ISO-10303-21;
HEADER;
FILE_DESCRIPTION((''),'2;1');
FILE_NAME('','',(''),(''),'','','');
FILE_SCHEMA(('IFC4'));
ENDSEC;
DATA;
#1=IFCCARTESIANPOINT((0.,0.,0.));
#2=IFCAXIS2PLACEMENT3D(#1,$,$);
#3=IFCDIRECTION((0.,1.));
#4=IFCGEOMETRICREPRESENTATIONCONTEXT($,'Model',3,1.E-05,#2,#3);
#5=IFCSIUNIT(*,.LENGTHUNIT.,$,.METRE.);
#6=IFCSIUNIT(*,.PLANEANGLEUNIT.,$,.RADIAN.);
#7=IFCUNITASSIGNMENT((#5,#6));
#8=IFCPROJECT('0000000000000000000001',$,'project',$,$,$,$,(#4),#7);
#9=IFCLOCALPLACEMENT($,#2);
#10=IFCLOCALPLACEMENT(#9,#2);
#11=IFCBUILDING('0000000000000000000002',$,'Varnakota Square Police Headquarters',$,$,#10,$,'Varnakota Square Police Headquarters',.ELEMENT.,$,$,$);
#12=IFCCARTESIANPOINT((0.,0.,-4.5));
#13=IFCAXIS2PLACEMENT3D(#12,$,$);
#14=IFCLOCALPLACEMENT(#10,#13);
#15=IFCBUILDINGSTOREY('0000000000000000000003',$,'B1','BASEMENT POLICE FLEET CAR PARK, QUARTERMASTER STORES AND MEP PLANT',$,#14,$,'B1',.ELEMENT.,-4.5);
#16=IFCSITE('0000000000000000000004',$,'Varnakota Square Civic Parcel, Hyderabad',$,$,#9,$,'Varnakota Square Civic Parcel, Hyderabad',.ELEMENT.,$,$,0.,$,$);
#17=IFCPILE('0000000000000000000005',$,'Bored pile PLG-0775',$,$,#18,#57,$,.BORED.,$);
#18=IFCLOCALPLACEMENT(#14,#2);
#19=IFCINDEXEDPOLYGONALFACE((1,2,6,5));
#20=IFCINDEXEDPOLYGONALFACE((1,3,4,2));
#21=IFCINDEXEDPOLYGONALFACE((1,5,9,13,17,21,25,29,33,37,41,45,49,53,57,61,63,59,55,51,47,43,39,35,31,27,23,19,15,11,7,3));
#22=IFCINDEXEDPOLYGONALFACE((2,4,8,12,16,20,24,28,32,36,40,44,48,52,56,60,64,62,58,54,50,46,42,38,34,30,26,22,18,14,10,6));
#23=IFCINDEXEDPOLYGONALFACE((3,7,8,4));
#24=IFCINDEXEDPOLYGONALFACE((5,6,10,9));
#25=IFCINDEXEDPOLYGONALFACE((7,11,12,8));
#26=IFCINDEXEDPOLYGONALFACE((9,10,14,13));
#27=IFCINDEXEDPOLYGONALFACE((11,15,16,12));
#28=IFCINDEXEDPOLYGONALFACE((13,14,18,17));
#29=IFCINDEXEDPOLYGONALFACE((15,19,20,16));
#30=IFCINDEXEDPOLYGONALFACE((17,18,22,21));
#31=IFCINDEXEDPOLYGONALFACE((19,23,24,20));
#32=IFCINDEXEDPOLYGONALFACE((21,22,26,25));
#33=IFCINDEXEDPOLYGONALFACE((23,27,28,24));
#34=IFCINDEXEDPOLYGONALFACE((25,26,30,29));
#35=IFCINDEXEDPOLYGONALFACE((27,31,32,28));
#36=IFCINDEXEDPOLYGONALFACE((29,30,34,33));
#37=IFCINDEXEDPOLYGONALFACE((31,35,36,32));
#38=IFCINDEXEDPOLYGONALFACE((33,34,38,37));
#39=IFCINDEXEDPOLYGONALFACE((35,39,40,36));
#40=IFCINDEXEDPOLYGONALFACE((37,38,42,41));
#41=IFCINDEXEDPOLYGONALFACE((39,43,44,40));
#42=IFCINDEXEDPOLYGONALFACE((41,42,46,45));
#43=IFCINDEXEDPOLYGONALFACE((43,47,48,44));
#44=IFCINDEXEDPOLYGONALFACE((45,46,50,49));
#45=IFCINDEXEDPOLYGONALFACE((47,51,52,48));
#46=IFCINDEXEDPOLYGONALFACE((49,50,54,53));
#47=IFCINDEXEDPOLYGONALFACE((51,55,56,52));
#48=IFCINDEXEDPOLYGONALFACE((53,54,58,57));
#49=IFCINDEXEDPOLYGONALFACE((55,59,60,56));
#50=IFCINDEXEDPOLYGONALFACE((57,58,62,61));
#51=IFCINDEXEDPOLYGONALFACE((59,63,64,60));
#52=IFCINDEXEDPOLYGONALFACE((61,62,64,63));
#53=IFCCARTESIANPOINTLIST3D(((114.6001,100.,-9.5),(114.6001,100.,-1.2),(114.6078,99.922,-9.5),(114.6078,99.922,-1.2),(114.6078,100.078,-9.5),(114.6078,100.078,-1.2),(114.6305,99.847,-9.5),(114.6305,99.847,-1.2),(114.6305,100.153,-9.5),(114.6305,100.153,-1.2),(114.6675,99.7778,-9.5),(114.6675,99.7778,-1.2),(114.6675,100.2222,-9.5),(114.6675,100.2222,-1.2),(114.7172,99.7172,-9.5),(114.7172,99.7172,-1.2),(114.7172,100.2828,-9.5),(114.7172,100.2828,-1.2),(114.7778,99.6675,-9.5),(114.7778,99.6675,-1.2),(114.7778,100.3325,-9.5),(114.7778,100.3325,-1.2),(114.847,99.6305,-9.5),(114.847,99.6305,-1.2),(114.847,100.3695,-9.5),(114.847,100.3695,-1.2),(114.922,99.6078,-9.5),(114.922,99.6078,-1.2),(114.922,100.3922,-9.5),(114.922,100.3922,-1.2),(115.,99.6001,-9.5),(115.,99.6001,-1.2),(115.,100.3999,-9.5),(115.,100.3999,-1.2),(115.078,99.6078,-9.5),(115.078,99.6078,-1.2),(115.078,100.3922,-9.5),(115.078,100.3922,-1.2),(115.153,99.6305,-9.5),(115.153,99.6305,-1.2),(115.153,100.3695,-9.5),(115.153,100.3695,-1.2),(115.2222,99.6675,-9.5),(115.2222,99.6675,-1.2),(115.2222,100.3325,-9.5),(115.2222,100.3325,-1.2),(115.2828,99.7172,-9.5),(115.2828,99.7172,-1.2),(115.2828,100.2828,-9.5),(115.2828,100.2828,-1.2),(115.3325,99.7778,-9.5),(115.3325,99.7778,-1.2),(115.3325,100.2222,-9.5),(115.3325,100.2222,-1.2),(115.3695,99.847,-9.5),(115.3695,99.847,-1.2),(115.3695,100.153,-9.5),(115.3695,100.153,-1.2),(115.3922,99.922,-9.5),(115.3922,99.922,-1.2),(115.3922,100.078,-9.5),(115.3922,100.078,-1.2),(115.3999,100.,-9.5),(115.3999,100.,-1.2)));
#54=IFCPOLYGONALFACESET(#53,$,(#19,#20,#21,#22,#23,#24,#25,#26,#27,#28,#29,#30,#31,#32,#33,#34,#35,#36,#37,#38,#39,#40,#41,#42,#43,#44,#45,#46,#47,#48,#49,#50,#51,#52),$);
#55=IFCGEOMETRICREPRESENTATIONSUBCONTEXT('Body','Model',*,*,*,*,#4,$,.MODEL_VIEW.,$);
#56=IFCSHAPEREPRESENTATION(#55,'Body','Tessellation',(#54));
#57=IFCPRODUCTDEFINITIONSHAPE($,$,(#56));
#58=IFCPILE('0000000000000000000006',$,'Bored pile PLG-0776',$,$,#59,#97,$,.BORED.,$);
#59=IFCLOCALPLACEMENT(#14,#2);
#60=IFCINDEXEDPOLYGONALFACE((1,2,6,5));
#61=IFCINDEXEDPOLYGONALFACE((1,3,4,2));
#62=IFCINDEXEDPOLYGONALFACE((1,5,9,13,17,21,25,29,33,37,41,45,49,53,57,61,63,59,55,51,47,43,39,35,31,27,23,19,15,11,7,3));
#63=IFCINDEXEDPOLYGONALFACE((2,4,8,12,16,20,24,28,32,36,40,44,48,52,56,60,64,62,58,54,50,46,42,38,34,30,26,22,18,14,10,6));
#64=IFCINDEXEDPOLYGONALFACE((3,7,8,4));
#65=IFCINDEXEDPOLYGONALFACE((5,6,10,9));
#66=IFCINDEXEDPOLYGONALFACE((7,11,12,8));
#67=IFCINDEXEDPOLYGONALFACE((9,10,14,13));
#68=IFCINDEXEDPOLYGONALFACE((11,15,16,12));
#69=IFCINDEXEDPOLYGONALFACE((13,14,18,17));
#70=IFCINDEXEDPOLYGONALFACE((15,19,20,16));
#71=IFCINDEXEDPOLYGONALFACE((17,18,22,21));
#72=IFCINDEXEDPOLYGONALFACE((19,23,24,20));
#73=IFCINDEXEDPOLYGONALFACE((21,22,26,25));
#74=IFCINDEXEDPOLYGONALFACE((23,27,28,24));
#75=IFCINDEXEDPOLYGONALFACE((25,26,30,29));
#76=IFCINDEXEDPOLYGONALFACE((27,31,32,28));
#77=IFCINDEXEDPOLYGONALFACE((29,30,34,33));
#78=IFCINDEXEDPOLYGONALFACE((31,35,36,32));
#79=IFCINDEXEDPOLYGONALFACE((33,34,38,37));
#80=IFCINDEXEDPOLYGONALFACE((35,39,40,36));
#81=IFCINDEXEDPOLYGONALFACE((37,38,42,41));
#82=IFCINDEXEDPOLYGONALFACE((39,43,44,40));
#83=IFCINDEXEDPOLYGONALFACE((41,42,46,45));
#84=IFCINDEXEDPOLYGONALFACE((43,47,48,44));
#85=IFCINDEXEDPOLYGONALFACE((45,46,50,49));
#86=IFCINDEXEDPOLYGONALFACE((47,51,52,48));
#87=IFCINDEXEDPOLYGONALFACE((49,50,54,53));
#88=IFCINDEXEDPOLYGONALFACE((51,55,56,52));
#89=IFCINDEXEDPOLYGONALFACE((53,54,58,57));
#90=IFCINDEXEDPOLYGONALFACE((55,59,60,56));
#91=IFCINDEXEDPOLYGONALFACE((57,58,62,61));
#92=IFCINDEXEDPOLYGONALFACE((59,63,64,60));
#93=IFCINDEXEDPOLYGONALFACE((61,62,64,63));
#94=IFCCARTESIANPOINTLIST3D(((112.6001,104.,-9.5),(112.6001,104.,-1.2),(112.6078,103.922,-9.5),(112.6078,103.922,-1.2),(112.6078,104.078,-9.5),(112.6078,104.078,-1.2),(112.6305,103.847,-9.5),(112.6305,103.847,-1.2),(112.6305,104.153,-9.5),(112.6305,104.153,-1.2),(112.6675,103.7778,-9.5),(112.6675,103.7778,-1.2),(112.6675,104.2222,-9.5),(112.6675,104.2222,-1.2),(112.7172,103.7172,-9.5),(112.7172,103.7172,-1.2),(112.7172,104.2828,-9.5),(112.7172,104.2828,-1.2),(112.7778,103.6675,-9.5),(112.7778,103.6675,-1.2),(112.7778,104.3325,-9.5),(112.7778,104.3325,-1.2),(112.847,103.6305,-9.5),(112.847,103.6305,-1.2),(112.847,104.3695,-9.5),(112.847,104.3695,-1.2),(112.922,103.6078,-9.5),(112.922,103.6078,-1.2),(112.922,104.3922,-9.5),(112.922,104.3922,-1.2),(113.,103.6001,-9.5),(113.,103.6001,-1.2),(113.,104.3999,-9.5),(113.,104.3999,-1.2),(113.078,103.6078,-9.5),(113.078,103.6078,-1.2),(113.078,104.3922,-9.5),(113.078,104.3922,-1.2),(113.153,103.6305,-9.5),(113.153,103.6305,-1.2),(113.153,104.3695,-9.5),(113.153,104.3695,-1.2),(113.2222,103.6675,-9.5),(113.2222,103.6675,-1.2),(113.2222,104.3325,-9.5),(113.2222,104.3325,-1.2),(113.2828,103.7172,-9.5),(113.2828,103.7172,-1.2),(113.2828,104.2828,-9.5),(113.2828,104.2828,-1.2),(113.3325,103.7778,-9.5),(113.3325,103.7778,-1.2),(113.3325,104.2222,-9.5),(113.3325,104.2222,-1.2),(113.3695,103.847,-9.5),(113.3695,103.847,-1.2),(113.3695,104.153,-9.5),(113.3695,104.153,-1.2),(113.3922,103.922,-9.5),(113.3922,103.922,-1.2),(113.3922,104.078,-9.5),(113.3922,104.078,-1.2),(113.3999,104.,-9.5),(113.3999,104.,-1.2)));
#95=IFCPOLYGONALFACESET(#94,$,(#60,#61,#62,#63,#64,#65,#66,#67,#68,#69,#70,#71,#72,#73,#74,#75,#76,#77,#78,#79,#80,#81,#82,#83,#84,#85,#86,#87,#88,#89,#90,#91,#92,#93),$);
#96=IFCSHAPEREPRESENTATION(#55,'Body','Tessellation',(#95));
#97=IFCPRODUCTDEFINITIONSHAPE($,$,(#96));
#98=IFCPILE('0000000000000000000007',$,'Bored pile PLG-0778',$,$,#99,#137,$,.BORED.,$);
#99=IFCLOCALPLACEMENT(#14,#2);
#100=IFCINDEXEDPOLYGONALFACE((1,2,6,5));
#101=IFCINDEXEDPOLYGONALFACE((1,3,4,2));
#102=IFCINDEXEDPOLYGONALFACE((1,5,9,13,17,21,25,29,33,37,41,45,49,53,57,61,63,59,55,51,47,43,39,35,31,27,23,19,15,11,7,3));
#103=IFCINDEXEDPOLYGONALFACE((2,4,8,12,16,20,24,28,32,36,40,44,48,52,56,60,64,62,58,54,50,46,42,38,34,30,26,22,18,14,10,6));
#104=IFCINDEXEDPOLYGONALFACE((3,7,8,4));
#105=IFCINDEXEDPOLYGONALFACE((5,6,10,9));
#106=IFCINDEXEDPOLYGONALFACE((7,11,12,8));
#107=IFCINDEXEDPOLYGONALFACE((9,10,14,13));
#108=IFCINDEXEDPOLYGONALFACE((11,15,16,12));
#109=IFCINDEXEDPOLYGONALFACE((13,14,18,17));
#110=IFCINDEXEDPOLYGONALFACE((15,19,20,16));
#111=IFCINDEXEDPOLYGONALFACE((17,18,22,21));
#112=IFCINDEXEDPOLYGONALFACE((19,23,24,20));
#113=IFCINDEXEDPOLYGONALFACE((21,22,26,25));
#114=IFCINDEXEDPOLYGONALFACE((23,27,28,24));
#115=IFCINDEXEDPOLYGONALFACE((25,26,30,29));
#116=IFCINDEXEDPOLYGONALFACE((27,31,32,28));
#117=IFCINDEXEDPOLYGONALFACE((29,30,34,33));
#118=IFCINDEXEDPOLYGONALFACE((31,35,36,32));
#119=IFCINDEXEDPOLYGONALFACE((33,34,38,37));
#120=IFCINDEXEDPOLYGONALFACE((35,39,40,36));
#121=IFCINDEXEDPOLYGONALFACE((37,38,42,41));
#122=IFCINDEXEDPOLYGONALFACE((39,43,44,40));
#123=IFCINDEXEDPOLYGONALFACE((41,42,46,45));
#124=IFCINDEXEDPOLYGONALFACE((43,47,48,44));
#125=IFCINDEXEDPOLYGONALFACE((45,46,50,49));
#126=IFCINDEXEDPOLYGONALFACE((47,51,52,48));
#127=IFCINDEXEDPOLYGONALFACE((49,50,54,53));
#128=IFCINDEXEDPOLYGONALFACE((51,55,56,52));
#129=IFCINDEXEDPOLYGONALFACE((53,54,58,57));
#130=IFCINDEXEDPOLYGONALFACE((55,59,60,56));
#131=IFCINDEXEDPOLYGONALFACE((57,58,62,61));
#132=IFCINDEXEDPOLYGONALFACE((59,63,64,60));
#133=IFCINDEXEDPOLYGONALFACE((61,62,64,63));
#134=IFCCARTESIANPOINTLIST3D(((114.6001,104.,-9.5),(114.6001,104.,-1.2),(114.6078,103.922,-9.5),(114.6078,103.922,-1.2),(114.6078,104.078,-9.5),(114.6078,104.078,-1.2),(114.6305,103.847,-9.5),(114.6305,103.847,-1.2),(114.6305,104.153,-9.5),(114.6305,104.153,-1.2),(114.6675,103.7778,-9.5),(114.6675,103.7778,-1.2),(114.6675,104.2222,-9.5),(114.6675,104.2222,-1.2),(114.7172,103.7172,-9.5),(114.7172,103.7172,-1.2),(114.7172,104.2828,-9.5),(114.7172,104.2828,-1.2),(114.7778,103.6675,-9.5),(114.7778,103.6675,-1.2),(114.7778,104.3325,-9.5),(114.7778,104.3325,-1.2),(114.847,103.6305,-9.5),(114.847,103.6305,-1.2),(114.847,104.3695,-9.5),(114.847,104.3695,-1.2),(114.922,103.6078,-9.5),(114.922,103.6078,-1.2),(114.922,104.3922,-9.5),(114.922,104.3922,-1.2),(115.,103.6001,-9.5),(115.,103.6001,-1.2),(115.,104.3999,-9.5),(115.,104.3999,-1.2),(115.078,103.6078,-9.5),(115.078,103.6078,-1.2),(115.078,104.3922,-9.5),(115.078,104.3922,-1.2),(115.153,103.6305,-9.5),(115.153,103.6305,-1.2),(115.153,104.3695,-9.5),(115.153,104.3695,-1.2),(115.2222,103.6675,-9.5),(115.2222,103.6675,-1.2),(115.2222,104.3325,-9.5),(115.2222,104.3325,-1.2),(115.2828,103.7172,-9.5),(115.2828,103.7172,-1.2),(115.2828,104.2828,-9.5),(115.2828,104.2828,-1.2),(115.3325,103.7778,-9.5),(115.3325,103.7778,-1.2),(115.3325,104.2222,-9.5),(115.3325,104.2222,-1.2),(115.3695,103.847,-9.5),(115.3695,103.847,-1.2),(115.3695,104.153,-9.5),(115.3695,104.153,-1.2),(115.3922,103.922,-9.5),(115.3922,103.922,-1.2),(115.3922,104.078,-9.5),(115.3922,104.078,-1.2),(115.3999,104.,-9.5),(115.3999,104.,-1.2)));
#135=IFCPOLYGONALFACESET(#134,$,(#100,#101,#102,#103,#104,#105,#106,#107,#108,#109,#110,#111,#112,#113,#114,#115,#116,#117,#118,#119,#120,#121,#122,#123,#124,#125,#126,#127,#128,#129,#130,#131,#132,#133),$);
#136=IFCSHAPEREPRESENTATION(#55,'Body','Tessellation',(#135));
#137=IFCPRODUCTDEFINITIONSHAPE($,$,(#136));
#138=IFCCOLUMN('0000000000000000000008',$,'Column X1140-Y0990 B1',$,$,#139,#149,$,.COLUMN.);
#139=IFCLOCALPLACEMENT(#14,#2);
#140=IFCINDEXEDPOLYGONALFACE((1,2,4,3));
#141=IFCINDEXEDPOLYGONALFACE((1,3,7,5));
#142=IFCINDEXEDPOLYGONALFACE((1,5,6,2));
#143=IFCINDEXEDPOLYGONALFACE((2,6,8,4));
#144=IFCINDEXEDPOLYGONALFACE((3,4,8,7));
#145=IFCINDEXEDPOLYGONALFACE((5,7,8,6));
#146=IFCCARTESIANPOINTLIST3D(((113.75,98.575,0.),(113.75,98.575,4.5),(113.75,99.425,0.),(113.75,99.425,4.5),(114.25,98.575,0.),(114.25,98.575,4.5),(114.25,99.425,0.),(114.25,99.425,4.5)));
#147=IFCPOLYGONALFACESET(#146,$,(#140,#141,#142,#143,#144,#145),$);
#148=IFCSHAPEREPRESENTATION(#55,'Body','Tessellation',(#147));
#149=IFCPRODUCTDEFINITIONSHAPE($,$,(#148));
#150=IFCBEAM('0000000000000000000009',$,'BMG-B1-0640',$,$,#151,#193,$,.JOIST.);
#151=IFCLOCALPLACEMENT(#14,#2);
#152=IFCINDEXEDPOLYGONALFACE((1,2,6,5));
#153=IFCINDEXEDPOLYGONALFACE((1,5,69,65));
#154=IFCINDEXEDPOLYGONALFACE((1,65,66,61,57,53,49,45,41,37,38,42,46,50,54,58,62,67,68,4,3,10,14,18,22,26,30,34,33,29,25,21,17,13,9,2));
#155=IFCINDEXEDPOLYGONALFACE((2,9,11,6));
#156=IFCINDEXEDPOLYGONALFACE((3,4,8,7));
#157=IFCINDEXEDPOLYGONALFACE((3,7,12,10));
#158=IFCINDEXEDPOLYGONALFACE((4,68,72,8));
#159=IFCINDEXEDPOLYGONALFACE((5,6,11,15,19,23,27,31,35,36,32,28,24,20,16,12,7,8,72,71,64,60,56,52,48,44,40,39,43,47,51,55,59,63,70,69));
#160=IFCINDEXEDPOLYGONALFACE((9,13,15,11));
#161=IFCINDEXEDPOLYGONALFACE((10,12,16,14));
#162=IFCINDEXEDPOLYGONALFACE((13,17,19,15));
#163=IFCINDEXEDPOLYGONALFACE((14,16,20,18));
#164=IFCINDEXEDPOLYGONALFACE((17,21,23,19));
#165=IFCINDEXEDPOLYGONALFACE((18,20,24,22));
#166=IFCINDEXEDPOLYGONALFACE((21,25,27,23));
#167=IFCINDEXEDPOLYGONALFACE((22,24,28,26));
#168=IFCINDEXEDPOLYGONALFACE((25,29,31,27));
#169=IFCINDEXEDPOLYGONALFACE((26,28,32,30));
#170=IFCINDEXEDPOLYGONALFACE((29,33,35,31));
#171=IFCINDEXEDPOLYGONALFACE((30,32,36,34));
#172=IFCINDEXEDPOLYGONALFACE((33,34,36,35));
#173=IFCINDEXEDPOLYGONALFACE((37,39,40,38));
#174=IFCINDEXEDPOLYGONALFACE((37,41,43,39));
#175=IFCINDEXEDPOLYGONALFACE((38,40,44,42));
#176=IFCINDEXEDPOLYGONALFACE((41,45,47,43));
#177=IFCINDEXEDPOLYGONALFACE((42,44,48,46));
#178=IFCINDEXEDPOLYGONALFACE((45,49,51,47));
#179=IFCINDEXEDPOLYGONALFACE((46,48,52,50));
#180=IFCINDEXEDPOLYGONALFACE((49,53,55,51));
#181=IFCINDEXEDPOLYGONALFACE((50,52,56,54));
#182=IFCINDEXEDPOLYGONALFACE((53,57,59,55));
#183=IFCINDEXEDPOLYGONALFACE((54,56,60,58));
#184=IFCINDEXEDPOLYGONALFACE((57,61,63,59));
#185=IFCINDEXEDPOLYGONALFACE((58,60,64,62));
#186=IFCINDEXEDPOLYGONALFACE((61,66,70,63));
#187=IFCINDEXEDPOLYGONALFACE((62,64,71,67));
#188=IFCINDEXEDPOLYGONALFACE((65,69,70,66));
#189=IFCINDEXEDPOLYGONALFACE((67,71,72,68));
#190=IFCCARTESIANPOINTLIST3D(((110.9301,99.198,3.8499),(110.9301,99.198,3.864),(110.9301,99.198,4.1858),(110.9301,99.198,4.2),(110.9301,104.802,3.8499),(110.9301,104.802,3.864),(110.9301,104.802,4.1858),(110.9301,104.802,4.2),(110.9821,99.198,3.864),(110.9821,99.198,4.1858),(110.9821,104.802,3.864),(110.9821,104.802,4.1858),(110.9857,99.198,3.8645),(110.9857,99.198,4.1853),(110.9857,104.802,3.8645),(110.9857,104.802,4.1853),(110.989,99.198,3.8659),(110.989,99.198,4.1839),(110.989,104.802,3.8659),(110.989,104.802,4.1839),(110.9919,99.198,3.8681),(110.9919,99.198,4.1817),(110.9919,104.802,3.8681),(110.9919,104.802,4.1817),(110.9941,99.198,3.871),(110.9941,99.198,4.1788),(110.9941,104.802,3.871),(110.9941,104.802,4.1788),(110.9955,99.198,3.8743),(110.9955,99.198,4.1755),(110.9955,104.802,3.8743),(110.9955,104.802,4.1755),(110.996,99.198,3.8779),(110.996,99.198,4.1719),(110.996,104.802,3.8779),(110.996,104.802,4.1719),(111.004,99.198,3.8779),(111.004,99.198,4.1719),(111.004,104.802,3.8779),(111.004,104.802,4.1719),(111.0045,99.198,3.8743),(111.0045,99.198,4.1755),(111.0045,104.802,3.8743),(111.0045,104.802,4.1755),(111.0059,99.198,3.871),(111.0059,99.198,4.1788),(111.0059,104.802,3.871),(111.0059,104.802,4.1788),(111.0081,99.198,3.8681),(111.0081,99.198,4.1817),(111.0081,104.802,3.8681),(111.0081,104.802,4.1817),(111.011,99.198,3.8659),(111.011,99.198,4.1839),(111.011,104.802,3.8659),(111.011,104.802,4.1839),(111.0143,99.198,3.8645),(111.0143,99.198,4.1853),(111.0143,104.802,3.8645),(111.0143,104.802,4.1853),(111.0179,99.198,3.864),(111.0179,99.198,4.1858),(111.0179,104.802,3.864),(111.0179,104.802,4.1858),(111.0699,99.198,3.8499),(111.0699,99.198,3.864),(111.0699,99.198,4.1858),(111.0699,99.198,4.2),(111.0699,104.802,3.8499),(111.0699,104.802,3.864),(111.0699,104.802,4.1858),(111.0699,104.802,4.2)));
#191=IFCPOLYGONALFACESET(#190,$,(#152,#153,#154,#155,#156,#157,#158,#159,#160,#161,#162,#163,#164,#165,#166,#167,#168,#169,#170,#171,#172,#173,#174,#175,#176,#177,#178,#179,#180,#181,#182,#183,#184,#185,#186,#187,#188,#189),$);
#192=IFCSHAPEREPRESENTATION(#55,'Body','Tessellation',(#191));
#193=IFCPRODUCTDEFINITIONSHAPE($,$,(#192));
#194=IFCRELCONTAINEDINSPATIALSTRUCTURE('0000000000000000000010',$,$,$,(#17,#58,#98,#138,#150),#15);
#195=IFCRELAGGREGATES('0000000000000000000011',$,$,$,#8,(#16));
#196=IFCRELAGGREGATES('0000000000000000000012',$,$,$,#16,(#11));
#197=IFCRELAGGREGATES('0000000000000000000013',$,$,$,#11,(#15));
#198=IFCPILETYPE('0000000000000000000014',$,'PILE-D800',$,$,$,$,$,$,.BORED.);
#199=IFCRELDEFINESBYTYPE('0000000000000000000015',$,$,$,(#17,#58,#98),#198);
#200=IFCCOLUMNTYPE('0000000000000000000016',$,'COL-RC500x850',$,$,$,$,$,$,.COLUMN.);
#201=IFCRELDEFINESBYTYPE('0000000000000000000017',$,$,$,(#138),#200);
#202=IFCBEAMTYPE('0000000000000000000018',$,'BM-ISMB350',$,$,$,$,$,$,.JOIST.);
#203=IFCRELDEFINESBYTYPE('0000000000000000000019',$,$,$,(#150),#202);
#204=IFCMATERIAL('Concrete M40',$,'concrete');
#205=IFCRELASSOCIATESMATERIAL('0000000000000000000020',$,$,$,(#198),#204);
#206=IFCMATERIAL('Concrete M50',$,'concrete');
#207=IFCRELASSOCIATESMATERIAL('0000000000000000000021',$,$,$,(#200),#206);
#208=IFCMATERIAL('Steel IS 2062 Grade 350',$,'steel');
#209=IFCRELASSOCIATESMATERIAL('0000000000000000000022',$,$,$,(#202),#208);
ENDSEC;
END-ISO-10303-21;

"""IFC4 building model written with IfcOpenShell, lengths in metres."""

from ifc_helpers import new_model, si_unit, direction, frame, origin, origin_2d, place, context, subcontext, project, spatial, rectangle, circle, i_section, extrude, material, material_profile, profile_set, type_object, element, save


model = new_model("IFC4")

# Units and contexts
model_context = context("Model", 3, precision=1e-05, world=origin(), true_north=direction((0.0, 1.0)))
body_context = subcontext(model_context, "Body", "Model", "MODEL_VIEW")
ifc_project = project(units=[si_unit("LENGTHUNIT", "METRE"), si_unit("PLANEANGLEUNIT", "RADIAN")], contexts=[model_context])

# Site, building, storey
site_placement = place(None, origin())
site = spatial("IfcSite", under=ifc_project, at=site_placement, Name="Varnakota Square Civic Parcel, Hyderabad", LongName="Varnakota Square Civic Parcel, Hyderabad", CompositionType="ELEMENT", RefElevation=0.0)
building_placement = place(site_placement, origin())
building = spatial("IfcBuilding", under=site, at=building_placement, Name="Varnakota Square Police Headquarters", LongName="Varnakota Square Police Headquarters", CompositionType="ELEMENT")
storey_placement = place(building_placement, frame((0.0, 0.0, -4.5)))
storey = spatial("IfcBuildingStorey", under=building, at=storey_placement, Name="B1", Description="BASEMENT POLICE FLEET CAR PARK, QUARTERMASTER STORES AND MEP PLANT", LongName="B1", CompositionType="ELEMENT", Elevation=-4.5)

# Shared definitions
ifc_material_1 = material(Name="Concrete M40", Category="concrete")

# Piles
ifc_material_profile_1 = material_profile(ifc_material_1, circle(Radius=0.3999, at=origin_2d()), Name="BORED PILE 800")
ifc_profile_set_1 = profile_set([ifc_material_profile_1], Name="Concrete M40")
pile_type = type_object("IfcPileType", Name="PILE-D800", PredefinedType="BORED", material=ifc_profile_set_1)
for number, where, z_axis, x_axis, name in (
    (1, (115.0, 100.0, -1.2), (0.0, 0.0, -1.0), (1.0, 0.0, 0.0), "Bored pile PLG-0775"),
    (2, (113.0, 104.0, -1.2), (0.0, 0.0, -1.0), (1.0, 0.0, 0.0), "Bored pile PLG-0776"),
    (3, (115.0, 104.0, -1.2), (0.0, 0.0, -1.0), (1.0, 0.0, 0.0), "Bored pile PLG-0778"),
):
    element("IfcPile", number, at=place(storey_placement, frame(where, z_axis=z_axis, x_axis=x_axis)), inside=storey, type_object=pile_type, Name=name, PredefinedType="BORED", context=body_context, shape_type="SweptSolid", body=[
        extrude(circle(Radius=0.3999, at=origin_2d()), origin(), (0.0, 0.0, 1.0), 8.3),
    ])

# Column
ifc_material_2 = material(Name="Concrete M50", Category="concrete")
ifc_material_profile_2 = material_profile(ifc_material_2, rectangle(XDim=0.5, YDim=0.8501, at=origin_2d()), Name="RC 500x850")
ifc_profile_set_2 = profile_set([ifc_material_profile_2], Name="Concrete M50")
column_type = type_object("IfcColumnType", Name="COL-RC500x850", PredefinedType="COLUMN", material=ifc_profile_set_2)
column_placement = place(storey_placement, frame((114.0, 99.0, 0.0), z_axis=(0.0, 0.0, 1.0), x_axis=(1.0, 0.0, 0.0)))
element("IfcColumn", 4, at=column_placement, inside=storey, type_object=column_type, Name="Column X1140-Y0990 B1", PredefinedType="COLUMN", context=body_context, shape_type="SweptSolid", body=[
    extrude(rectangle(XDim=0.5, YDim=0.8501, at=origin_2d()), origin(), (0.0, 0.0, 1.0), 4.5),
])

# Beam
ifc_material_3 = material(Name="Steel IS 2062 Grade 350", Category="steel")
ifc_material_profile_3 = material_profile(ifc_material_3, i_section(OverallWidth=0.1399, OverallDepth=0.3501, WebThickness=0.0081, FlangeThickness=0.0142, FilletRadius=0.0139, at=origin_2d()), Name="ISMB 350")
ifc_profile_set_3 = profile_set([ifc_material_profile_3], Name="Steel IS 2062 Grade 350")
beam_type_1 = type_object("IfcBeamType", Name="BM-ISMB350", PredefinedType="JOIST", material=ifc_profile_set_3)
beam_1_placement = place(storey_placement, frame((111.0, 99.198, 4.0249), z_axis=(0.0, 1.0, 0.0), x_axis=(-1.0, 0.0, 0.0)))
element("IfcBeam", 5, at=beam_1_placement, inside=storey, type_object=beam_type_1, Name="BMG-B1-0640", PredefinedType="JOIST", context=body_context, shape_type="SweptSolid", body=[
    extrude(i_section(OverallWidth=0.1399, OverallDepth=0.3501, WebThickness=0.0081, FlangeThickness=0.0142, FilletRadius=0.0139, at=origin_2d()), origin(), (0.0, 0.0, 1.0), 5.604),
])

save(model, "model.ifc")
